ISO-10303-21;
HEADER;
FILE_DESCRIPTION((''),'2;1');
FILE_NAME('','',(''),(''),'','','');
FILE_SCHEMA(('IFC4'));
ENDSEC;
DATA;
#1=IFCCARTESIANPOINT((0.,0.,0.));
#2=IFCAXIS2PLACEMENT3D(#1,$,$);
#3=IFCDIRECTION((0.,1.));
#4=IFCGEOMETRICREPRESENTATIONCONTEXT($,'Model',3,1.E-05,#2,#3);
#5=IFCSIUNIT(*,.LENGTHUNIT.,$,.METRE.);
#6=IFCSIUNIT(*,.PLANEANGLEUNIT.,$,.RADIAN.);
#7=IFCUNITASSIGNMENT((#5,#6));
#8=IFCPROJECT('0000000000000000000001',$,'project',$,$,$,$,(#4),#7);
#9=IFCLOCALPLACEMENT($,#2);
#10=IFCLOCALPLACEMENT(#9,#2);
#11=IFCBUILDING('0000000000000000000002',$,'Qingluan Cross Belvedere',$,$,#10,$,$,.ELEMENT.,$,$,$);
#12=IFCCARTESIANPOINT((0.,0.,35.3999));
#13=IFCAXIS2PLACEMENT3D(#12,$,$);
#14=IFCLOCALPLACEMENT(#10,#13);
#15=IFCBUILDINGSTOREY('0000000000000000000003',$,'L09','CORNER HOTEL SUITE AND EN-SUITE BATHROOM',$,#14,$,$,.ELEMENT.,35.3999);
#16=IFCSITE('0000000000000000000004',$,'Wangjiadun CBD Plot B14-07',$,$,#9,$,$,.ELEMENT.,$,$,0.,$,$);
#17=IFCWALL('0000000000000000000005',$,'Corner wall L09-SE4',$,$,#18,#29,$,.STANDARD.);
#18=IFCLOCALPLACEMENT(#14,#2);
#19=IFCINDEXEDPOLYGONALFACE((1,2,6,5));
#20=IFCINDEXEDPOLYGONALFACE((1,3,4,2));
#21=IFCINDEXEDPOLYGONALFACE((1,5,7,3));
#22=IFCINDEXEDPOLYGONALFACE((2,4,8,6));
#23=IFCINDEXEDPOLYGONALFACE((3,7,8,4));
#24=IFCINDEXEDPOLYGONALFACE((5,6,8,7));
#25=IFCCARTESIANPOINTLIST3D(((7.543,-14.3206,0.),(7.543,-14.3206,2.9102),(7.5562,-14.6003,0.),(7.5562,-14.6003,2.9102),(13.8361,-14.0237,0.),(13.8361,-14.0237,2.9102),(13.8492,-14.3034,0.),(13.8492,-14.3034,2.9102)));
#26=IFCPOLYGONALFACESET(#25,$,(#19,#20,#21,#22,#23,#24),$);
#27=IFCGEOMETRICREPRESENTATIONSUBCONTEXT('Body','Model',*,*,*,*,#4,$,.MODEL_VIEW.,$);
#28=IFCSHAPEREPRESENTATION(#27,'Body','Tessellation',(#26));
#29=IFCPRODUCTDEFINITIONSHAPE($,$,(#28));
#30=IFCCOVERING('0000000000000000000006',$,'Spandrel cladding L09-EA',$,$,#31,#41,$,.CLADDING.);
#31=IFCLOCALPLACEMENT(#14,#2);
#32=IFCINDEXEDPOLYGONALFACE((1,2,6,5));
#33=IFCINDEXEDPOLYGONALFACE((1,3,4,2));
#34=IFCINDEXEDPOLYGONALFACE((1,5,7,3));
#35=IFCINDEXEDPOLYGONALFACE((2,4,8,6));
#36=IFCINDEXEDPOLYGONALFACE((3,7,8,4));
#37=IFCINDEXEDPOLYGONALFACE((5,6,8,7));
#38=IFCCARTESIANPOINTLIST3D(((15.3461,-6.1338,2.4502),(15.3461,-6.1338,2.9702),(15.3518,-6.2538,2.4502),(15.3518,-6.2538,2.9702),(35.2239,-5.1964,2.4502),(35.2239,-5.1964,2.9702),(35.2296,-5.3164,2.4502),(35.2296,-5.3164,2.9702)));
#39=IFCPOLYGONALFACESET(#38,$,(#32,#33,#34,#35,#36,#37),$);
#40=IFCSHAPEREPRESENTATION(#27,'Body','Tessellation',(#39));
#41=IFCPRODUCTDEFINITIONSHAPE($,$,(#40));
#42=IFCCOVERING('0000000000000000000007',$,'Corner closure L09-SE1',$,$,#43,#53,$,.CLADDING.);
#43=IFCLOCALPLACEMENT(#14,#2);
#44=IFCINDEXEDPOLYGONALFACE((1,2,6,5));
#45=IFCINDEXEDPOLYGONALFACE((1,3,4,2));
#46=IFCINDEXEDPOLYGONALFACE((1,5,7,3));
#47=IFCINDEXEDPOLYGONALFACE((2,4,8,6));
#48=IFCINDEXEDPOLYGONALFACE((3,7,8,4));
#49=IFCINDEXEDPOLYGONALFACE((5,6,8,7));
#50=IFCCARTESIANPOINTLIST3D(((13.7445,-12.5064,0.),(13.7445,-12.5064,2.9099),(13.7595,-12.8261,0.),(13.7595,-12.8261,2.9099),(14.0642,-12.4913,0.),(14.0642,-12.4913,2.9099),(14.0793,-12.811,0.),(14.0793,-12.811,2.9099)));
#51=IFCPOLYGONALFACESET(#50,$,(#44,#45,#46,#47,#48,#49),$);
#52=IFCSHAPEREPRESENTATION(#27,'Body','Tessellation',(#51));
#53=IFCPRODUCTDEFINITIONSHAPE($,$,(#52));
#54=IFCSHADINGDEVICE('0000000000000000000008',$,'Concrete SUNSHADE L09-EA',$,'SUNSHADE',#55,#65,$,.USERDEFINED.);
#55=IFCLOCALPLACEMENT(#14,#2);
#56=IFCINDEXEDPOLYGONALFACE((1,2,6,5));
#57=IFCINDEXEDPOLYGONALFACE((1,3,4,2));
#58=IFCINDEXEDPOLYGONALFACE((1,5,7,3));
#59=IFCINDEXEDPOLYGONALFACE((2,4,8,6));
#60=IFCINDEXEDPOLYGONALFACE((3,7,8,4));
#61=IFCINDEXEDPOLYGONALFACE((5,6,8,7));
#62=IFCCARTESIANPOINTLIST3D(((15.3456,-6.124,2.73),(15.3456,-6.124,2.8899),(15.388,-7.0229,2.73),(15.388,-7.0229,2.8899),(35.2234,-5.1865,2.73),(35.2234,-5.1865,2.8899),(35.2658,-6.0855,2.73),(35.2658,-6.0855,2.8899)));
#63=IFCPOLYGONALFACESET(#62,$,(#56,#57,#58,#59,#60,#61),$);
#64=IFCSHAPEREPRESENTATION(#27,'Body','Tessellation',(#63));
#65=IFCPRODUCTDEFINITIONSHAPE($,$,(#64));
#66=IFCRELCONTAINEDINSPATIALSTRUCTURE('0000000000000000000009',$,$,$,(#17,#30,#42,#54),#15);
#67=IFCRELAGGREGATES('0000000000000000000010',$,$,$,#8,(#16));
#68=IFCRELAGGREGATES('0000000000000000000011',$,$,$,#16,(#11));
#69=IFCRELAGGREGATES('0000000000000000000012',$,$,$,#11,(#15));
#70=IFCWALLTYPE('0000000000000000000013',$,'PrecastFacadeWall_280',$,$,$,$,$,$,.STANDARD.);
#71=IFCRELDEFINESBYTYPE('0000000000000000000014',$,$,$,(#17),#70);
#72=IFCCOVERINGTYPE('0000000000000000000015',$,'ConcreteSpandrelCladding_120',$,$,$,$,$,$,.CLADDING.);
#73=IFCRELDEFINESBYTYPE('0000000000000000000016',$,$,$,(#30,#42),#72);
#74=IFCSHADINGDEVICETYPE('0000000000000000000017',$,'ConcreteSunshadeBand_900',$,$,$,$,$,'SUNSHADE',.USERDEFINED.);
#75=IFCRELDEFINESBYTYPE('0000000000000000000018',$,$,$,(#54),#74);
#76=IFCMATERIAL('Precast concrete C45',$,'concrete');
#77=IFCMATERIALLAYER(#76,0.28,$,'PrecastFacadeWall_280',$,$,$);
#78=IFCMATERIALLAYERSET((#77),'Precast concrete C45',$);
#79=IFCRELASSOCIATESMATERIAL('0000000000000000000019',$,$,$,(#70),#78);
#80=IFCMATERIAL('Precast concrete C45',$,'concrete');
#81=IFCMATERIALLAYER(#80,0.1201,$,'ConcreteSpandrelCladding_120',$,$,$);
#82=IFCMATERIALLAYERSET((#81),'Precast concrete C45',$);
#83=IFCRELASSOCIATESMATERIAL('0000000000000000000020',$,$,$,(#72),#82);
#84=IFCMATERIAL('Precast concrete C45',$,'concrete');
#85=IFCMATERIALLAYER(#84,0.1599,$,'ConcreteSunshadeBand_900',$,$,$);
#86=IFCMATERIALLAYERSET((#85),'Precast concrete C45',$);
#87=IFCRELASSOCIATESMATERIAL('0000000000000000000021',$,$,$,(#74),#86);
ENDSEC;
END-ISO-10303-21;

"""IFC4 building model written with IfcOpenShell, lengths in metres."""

from ifc_helpers import new_model, si_unit, direction, frame, frame_2d, origin, origin_2d, place, context, subcontext, project, spatial, rectangle, extrude, material, layer, layer_set, type_object, element, save


model = new_model("IFC4")

# Units and contexts
model_context = context("Model", 3, precision=1e-05, world=origin(), true_north=direction((0.0, 1.0)))
body_context = subcontext(model_context, "Body", "Model", "MODEL_VIEW")
ifc_project = project(units=[si_unit("LENGTHUNIT", "METRE"), si_unit("PLANEANGLEUNIT", "RADIAN")], contexts=[model_context])

# Site, building, storey
site_placement = place(None, origin())
site = spatial("IfcSite", under=ifc_project, at=site_placement, Name="Wangjiadun CBD Plot B14-07", CompositionType="ELEMENT", RefElevation=0.0)
building_placement = place(site_placement, origin())
building = spatial("IfcBuilding", under=site, at=building_placement, Name="Qingluan Cross Belvedere", CompositionType="ELEMENT")
storey_placement = place(building_placement, frame((0.0, 0.0, 35.3999)))
storey = spatial("IfcBuildingStorey", under=building, at=storey_placement, Name="L09", Description="CORNER HOTEL SUITE AND EN-SUITE BATHROOM", CompositionType="ELEMENT", Elevation=35.3999)

# Shared definitions
ifc_material_1 = material(Name="Precast concrete C45", Category="concrete")
ifc_layer_1 = layer(ifc_material_1, 0.28, Name="PrecastFacadeWall_280")
ifc_layer_set_1 = layer_set([ifc_layer_1], Name="Precast concrete C45")
wall_type_1 = type_object("IfcWallType", Name="PrecastFacadeWall_280", PredefinedType="STANDARD", material=ifc_layer_set_1)

# Wall
wall_1_placement = place(storey_placement, frame((13.8425, -14.1636, 0.0), z_axis=(0.0, 0.0, 1.0), x_axis=(-0.998889, -0.047123, 0.0)))
element("IfcWall", 1, at=wall_1_placement, inside=storey, type_object=wall_type_1, Name="Corner wall L09-SE4", PredefinedType="STANDARD", context=body_context, shape_type="SweptSolid", body=[
    extrude(rectangle(XDim=6.3, YDim=0.28, at=frame_2d((3.1499, 0.0))), origin(), (0.0, 0.0, 1.0), 2.9102),
])

# Coverings
ifc_material_2 = material(Name="Precast concrete C45", Category="concrete")
ifc_layer_2 = layer(ifc_material_2, 0.1201, Name="ConcreteSpandrelCladding_120")
ifc_layer_set_2 = layer_set([ifc_layer_2], Name="Precast concrete C45")
covering_type = type_object("IfcCoveringType", Name="ConcreteSpandrelCladding_120", PredefinedType="CLADDING", material=ifc_layer_set_2)
covering_1_placement = place(storey_placement, frame((25.2878, -5.7251, 2.4502), z_axis=(0.0, 0.0, 1.0), x_axis=(0.99889, 0.047109, 0.0)))
element("IfcCovering", 2, at=covering_1_placement, inside=storey, type_object=covering_type, Name="Spandrel cladding L09-EA", PredefinedType="CLADDING", context=body_context, shape_type="SweptSolid", body=[
    extrude(rectangle(XDim=19.8999, YDim=0.1201, at=origin_2d()), origin(), (0.0, 0.0, 1.0), 0.52),
])
covering_2_placement = place(storey_placement, frame((13.9119, -12.6587, 0.0), z_axis=(0.0, 0.0, 1.0), x_axis=(0.99889, 0.047106, 0.0)))
element("IfcCovering", 3, at=covering_2_placement, inside=storey, type_object=covering_type, Name="Corner closure L09-SE1", PredefinedType="CLADDING", context=body_context, shape_type="SweptSolid", body=[
    extrude(rectangle(XDim=0.3201, YDim=0.3201, at=origin_2d()), origin(), (0.0, 0.0, 1.0), 2.9099),
])

# Shading device
ifc_material_3 = material(Name="Precast concrete C45", Category="concrete")
ifc_layer_3 = layer(ifc_material_3, 0.1599, Name="ConcreteSunshadeBand_900")
ifc_layer_set_3 = layer_set([ifc_layer_3], Name="Precast concrete C45")
shading_device_type = type_object("IfcShadingDeviceType", Name="ConcreteSunshadeBand_900", ElementType="SUNSHADE", PredefinedType="USERDEFINED", material=ifc_layer_set_3)
shading_device_placement = place(storey_placement, frame((25.3057, -6.1047, 2.73), z_axis=(0.0, 0.0, 1.0), x_axis=(0.99889, 0.047109, 0.0)))
element("IfcShadingDevice", 4, at=shading_device_placement, inside=storey, type_object=shading_device_type, Name="Concrete SUNSHADE L09-EA", ObjectType="SUNSHADE", PredefinedType="USERDEFINED", context=body_context, shape_type="SweptSolid", body=[
    extrude(rectangle(XDim=19.8999, YDim=0.8999, at=origin_2d()), origin(), (0.0, 0.0, 1.0), 0.1599),
])

save(model, "model.ifc")
